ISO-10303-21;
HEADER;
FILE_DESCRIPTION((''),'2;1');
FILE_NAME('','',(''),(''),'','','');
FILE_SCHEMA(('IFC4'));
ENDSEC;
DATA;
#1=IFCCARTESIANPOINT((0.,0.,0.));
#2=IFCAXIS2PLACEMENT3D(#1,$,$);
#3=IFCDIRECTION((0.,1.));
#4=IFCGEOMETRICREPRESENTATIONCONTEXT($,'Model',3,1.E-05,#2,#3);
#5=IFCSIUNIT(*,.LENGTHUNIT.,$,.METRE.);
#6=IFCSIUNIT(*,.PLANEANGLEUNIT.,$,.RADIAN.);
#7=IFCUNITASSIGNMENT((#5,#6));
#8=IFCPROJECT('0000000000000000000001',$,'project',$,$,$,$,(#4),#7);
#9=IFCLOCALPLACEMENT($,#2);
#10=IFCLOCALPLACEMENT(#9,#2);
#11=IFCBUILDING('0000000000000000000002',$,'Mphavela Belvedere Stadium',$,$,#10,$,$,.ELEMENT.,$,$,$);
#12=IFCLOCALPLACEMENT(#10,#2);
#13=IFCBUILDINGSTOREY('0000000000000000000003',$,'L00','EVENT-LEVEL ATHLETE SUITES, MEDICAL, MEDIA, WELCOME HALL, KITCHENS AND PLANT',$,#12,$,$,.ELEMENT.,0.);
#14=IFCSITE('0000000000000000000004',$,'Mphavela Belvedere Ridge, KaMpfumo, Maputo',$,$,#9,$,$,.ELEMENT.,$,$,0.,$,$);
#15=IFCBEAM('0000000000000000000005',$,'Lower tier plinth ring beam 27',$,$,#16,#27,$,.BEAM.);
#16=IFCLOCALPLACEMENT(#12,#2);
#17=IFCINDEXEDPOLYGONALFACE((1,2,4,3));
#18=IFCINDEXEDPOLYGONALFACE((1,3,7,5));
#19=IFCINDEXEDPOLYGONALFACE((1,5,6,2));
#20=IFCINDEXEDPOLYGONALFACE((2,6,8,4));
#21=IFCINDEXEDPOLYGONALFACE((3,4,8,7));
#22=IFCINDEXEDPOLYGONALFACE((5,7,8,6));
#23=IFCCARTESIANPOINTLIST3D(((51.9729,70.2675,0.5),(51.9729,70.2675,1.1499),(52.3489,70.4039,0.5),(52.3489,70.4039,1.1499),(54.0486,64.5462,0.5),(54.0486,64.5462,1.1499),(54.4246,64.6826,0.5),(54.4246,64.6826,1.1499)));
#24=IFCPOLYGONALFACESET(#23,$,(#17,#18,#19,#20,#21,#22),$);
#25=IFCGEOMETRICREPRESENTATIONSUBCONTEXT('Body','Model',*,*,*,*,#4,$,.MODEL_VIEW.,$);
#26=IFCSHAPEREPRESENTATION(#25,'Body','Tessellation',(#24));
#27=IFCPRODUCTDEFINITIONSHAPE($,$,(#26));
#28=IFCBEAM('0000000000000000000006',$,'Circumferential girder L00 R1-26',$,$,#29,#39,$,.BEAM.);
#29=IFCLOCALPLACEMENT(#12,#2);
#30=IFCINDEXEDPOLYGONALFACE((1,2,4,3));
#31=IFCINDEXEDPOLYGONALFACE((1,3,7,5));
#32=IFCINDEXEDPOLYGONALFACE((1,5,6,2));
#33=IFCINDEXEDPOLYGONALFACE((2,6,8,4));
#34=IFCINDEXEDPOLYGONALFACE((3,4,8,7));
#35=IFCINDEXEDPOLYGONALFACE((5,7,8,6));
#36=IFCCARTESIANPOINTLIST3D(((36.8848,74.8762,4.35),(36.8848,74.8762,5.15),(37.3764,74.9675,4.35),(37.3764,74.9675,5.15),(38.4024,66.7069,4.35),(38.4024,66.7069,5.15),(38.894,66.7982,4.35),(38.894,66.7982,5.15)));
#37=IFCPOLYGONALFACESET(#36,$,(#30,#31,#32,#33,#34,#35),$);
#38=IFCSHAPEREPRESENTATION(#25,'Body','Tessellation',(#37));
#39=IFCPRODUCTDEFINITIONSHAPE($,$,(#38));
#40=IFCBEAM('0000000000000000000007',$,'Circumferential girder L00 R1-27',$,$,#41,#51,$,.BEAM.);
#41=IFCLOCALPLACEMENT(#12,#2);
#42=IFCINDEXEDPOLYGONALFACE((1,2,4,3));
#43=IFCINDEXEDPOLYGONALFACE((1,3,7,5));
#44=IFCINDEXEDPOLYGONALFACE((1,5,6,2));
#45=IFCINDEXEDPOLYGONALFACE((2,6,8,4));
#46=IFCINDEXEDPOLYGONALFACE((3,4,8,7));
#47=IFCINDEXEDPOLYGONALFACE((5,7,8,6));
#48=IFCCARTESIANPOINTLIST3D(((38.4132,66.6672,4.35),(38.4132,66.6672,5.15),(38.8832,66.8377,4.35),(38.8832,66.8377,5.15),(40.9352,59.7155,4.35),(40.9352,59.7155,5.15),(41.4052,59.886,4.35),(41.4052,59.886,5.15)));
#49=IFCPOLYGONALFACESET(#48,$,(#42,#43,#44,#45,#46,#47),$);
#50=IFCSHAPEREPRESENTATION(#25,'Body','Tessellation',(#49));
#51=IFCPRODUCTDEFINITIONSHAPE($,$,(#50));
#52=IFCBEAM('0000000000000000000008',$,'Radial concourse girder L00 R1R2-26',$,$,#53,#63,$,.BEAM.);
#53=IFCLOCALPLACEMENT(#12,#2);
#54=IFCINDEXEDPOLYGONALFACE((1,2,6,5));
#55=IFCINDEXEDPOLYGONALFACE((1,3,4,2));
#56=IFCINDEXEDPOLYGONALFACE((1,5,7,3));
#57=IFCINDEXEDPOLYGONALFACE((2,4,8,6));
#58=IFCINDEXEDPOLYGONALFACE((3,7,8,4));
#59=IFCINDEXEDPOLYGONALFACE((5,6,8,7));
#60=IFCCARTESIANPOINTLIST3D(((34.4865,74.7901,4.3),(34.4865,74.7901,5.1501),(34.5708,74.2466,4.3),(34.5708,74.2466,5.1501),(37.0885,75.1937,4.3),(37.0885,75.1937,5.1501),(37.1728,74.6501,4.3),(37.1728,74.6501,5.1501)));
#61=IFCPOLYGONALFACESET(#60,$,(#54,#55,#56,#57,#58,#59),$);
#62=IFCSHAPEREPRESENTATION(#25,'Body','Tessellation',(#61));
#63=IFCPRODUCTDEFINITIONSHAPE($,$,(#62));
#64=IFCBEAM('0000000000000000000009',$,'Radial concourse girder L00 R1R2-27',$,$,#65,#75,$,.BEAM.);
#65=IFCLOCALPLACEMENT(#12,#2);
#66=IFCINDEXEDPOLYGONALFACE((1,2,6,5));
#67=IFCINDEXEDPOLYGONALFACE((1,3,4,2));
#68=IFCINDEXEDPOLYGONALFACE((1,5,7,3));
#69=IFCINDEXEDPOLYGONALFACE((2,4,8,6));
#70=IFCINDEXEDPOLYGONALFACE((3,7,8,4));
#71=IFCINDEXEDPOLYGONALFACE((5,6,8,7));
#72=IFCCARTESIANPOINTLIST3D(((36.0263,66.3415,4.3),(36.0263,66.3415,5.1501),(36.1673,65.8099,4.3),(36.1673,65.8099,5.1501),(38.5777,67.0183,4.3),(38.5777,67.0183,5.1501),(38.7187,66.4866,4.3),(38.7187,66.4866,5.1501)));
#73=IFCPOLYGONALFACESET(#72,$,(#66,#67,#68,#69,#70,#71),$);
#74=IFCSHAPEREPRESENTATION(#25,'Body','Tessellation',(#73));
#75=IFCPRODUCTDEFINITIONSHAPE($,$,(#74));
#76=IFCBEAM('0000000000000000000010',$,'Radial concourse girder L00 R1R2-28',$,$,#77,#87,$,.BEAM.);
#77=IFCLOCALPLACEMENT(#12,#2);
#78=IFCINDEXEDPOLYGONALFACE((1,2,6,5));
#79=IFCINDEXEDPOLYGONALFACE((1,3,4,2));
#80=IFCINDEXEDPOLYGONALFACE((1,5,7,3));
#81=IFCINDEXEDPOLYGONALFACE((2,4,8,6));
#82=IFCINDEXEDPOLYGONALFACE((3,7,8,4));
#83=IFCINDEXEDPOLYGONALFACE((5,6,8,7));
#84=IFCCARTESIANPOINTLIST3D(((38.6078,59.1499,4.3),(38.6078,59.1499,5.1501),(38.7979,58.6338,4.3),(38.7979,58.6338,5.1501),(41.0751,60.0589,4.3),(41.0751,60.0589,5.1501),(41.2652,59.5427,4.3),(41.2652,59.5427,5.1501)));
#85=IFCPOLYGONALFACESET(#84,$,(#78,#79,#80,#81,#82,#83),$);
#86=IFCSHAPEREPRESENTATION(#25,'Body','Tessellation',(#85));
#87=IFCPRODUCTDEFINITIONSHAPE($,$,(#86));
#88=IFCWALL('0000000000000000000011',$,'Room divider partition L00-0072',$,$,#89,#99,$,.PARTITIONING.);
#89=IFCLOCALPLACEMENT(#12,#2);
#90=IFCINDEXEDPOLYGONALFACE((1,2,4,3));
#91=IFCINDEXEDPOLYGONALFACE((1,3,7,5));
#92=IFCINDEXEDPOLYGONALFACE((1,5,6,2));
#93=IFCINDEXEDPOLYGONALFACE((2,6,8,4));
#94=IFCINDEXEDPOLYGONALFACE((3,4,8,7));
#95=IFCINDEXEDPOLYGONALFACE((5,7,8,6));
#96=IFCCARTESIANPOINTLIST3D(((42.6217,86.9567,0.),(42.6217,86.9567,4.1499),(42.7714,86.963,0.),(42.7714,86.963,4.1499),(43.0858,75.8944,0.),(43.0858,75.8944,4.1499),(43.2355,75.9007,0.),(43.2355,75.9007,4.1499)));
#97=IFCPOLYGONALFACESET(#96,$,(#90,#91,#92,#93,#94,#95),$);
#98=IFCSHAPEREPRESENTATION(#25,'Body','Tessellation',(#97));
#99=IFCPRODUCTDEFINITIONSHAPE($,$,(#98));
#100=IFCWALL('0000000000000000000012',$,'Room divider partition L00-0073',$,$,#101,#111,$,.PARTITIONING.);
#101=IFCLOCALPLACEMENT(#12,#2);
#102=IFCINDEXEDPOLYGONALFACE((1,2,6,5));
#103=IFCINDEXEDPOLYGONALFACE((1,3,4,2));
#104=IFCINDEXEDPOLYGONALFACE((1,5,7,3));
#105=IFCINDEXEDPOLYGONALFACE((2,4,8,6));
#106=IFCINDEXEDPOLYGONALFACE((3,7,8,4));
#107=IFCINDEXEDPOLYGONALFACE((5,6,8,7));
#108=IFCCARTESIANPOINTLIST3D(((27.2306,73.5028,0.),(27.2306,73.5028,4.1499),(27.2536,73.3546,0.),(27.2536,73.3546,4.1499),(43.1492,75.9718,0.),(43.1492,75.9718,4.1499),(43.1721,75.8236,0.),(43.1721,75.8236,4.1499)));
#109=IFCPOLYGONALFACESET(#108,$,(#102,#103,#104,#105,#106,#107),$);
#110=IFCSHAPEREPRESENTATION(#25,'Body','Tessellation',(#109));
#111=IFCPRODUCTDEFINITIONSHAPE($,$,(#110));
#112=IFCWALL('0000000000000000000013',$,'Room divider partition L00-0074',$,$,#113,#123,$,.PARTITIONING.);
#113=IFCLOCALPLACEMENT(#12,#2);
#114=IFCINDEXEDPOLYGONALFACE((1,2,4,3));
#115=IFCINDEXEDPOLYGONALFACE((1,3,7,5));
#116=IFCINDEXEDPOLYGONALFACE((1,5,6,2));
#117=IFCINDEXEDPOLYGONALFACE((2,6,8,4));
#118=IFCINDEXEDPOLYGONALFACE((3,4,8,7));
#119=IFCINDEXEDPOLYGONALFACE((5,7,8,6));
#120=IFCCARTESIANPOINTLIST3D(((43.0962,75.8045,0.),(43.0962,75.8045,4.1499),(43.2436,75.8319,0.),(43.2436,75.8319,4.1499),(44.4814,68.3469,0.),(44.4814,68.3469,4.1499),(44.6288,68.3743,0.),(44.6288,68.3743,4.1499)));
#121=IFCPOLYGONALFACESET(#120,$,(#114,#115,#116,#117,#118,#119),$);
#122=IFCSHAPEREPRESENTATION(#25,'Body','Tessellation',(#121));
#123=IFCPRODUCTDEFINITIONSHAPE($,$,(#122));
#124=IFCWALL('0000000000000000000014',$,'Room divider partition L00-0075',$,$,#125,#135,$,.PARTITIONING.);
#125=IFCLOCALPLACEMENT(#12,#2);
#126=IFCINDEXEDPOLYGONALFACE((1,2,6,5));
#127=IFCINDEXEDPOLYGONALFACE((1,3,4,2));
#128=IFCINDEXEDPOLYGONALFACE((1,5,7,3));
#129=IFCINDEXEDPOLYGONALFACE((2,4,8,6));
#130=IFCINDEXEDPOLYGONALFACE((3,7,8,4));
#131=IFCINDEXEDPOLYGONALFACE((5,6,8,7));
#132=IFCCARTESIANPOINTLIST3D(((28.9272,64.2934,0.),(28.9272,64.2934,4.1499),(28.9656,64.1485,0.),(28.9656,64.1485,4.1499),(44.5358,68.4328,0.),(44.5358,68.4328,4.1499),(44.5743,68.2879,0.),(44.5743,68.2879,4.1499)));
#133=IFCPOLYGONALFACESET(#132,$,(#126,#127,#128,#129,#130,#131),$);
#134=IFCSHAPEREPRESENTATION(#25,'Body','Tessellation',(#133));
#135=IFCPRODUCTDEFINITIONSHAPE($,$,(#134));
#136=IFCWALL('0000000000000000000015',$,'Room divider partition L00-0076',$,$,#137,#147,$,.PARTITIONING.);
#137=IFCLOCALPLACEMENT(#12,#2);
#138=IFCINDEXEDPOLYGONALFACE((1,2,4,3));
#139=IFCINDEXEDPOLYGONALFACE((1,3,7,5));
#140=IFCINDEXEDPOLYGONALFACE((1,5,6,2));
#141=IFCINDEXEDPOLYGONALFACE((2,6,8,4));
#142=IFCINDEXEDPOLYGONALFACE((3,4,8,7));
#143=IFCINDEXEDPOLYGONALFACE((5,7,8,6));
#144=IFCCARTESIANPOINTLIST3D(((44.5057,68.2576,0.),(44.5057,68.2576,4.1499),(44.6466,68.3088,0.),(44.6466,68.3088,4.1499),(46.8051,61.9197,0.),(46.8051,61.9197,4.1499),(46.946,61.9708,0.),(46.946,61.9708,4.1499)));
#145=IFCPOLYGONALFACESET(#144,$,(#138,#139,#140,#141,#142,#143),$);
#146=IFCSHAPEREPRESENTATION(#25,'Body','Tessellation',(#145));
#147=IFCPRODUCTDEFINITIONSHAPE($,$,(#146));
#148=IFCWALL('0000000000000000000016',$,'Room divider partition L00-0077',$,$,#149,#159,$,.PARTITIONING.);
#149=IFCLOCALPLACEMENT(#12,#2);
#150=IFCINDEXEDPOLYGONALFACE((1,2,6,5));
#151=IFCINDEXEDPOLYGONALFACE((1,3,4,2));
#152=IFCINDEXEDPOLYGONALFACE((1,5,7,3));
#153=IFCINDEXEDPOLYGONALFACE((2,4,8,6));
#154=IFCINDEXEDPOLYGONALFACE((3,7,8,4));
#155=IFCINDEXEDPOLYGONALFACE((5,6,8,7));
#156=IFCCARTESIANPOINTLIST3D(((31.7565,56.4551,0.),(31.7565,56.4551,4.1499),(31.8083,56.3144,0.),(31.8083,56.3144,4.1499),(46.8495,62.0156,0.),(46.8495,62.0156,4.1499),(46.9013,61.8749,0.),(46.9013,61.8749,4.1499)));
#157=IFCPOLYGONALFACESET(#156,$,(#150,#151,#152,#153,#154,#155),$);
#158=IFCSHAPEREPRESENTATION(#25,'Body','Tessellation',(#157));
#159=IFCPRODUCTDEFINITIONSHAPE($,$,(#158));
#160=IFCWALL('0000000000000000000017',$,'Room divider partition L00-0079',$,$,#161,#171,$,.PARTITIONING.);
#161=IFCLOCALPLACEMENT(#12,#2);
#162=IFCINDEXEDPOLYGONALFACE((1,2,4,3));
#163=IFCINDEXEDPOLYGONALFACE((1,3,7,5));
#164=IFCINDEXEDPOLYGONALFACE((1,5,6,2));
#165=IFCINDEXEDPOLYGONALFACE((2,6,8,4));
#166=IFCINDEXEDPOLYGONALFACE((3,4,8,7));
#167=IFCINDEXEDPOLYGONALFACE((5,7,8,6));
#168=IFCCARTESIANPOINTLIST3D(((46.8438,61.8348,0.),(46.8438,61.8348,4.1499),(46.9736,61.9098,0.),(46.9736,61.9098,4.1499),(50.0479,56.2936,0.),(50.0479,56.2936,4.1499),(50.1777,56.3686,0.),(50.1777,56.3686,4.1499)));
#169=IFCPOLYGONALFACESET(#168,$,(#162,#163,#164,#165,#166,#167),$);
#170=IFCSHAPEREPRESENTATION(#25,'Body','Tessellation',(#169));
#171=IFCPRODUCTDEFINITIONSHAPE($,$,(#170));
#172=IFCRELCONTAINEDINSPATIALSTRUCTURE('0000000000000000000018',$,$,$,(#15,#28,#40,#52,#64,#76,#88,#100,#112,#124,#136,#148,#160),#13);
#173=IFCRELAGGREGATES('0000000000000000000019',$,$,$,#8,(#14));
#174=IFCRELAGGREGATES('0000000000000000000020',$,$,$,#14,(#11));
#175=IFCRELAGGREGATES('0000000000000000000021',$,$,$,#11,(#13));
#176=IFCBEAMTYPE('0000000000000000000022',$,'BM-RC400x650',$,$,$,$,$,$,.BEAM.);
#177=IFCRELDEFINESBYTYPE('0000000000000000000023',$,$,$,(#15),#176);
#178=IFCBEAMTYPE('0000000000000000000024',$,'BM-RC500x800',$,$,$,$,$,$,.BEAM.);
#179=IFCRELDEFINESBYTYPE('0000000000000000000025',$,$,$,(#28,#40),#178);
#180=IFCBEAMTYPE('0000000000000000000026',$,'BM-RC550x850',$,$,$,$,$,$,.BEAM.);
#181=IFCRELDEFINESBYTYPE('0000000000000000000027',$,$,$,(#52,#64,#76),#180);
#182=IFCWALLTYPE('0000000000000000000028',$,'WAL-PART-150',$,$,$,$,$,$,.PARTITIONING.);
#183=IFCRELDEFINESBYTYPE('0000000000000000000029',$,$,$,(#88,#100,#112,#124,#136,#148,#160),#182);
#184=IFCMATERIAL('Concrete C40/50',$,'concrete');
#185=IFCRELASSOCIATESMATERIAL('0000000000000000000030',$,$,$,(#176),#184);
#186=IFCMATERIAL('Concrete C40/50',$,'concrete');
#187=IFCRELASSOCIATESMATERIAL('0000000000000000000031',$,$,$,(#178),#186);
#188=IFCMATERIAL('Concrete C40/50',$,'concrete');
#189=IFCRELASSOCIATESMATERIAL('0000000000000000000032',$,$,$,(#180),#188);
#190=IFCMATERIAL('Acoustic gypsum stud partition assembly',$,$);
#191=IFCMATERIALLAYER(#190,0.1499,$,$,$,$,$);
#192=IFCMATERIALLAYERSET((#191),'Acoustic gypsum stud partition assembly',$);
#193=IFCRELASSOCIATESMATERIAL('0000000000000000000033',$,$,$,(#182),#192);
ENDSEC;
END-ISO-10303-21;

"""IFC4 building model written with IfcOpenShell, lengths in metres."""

from ifc_helpers import new_model, si_unit, direction, frame, frame_2d, origin, origin_2d, place, context, subcontext, project, spatial, rectangle, extrude, material, layer, layer_set, material_profile, profile_set, type_object, element, save


model = new_model("IFC4")

# Units and contexts
model_context = context("Model", 3, precision=1e-05, world=origin(), true_north=direction((0.0, 1.0)))
body_context = subcontext(model_context, "Body", "Model", "MODEL_VIEW")
ifc_project = project(units=[si_unit("LENGTHUNIT", "METRE"), si_unit("PLANEANGLEUNIT", "RADIAN")], contexts=[model_context])

# Site, building, storey
site_placement = place(None, origin())
site = spatial("IfcSite", under=ifc_project, at=site_placement, Name="Mphavela Belvedere Ridge, KaMpfumo, Maputo", CompositionType="ELEMENT", RefElevation=0.0)
building_placement = place(site_placement, origin())
building = spatial("IfcBuilding", under=site, at=building_placement, Name="Mphavela Belvedere Stadium", CompositionType="ELEMENT")
storey_placement = place(building_placement, origin())
storey = spatial("IfcBuildingStorey", under=building, at=storey_placement, Name="L00", Description="EVENT-LEVEL ATHLETE SUITES, MEDICAL, MEDIA, WELCOME HALL, KITCHENS AND PLANT", CompositionType="ELEMENT", Elevation=0.0)

# Beams
ifc_material_1 = material(Name="Concrete C40/50", Category="concrete")
ifc_material_profile_1 = material_profile(ifc_material_1, rectangle(XDim=0.3999, YDim=0.6499, at=origin_2d()), Name="RC 400x650")
ifc_profile_set_1 = profile_set([ifc_material_profile_1], Name="Concrete C40/50")
beam_type_1 = type_object("IfcBeamType", Name="BM-RC400x650", PredefinedType="BEAM", material=ifc_profile_set_1)
beam_1_placement = place(storey_placement, frame((52.1609, 70.3357, 0.825), z_axis=(0.341054, -0.940044, 0.0), x_axis=(0.940044, 0.341054, 0.0)))
element("IfcBeam", 1, at=beam_1_placement, inside=storey, type_object=beam_type_1, Name="Lower tier plinth ring beam 27", PredefinedType="BEAM", context=body_context, shape_type="SweptSolid", body=[
    extrude(rectangle(XDim=0.3999, YDim=0.6499, at=origin_2d()), origin(), (0.0, 0.0, 1.0), 6.0862),
])
ifc_material_2 = material(Name="Concrete C40/50", Category="concrete")
ifc_material_profile_2 = material_profile(ifc_material_2, rectangle(XDim=0.5, YDim=0.8, at=origin_2d()), Name="RC 500x800")
ifc_profile_set_2 = profile_set([ifc_material_profile_2], Name="Concrete C40/50")
beam_type_2 = type_object("IfcBeamType", Name="BM-RC500x800", PredefinedType="BEAM", material=ifc_profile_set_2)
beam_2_placement = place(storey_placement, frame((37.1306, 74.9219, 4.75), z_axis=(0.182638, -0.98318, 0.0), x_axis=(0.98318, 0.182638, 0.0)))
element("IfcBeam", 2, at=beam_2_placement, inside=storey, type_object=beam_type_2, Name="Circumferential girder L00 R1-26", PredefinedType="BEAM", context=body_context, shape_type="SweptSolid", body=[
    extrude(rectangle(XDim=0.5, YDim=0.8, at=origin_2d()), origin(), (0.0, 0.0, 1.0), 8.3091),
])
beam_3_placement = place(storey_placement, frame((38.6482, 66.7524, 4.75), z_axis=(0.341038, -0.94005, 0.0), x_axis=(0.94005, 0.341038, 0.0)))
element("IfcBeam", 3, at=beam_3_placement, inside=storey, type_object=beam_type_2, Name="Circumferential girder L00 R1-27", PredefinedType="BEAM", context=body_context, shape_type="SweptSolid", body=[
    extrude(rectangle(XDim=0.5, YDim=0.8, at=origin_2d()), origin(), (0.0, 0.0, 1.0), 7.395),
])
ifc_material_3 = material(Name="Concrete C40/50", Category="concrete")
ifc_material_profile_3 = material_profile(ifc_material_3, rectangle(XDim=0.55, YDim=0.8501, at=origin_2d()), Name="RC 550x850")
ifc_profile_set_3 = profile_set([ifc_material_profile_3], Name="Concrete C40/50")
beam_type_3 = type_object("IfcBeamType", Name="BM-RC550x850", PredefinedType="BEAM", material=ifc_profile_set_3)
beam_4_placement = place(storey_placement, frame((37.1306, 74.9219, 4.7251), z_axis=(-0.988186, -0.153262, 0.0), x_axis=(0.153262, -0.988186, 0.0)))
element("IfcBeam", 4, at=beam_4_placement, inside=storey, type_object=beam_type_3, Name="Radial concourse girder L00 R1R2-26", PredefinedType="BEAM", context=body_context, shape_type="SweptSolid", body=[
    extrude(rectangle(XDim=0.55, YDim=0.8501, at=origin_2d()), origin(), (0.0, 0.0, 1.0), 2.6331),
])
beam_5_placement = place(storey_placement, frame((38.6482, 66.7524, 4.7251), z_axis=(-0.966578, -0.256373, 0.0), x_axis=(0.256373, -0.966578, 0.0)))
element("IfcBeam", 5, at=beam_5_placement, inside=storey, type_object=beam_type_3, Name="Radial concourse girder L00 R1R2-27", PredefinedType="BEAM", context=body_context, shape_type="SweptSolid", body=[
    extrude(rectangle(XDim=0.55, YDim=0.8501, at=origin_2d()), origin(), (0.0, 0.0, 1.0), 2.6396),
])
beam_6_placement = place(storey_placement, frame((41.1702, 59.8008, 4.7251), z_axis=(-0.938351, -0.345684, 0.0), x_axis=(0.345684, -0.938351, 0.0)))
element("IfcBeam", 6, at=beam_6_placement, inside=storey, type_object=beam_type_3, Name="Radial concourse girder L00 R1R2-28", PredefinedType="BEAM", context=body_context, shape_type="SweptSolid", body=[
    extrude(rectangle(XDim=0.55, YDim=0.8501, at=origin_2d()), origin(), (0.0, 0.0, 1.0), 2.6294),
])

# Walls
ifc_material_4 = material(Name="Acoustic gypsum stud partition assembly")
ifc_layer = layer(ifc_material_4, 0.1499)
ifc_layer_set = layer_set([ifc_layer], Name="Acoustic gypsum stud partition assembly")
wall_type = type_object("IfcWallType", Name="WAL-PART-150", PredefinedType="PARTITIONING", material=ifc_layer_set)
wall_1_placement = place(storey_placement, frame((42.6965, 86.96, 0.0), z_axis=(0.0, 0.0, 1.0), x_axis=(0.041918, -0.999121, 0.0)))
element("IfcWall", 7, at=wall_1_placement, inside=storey, type_object=wall_type, Name="Room divider partition L00-0072", PredefinedType="PARTITIONING", context=body_context, shape_type="SweptSolid", body=[
    extrude(rectangle(XDim=11.072, YDim=0.1499, at=frame_2d((5.5361, 0.0))), origin(), (0.0, 0.0, 1.0), 4.1499),
])
wall_2_placement = place(storey_placement, frame((43.1606, 75.8977, 0.0), z_axis=(0.0, 0.0, 1.0), x_axis=(-0.988184, -0.15327, 0.0)))
element("IfcWall", 8, at=wall_2_placement, inside=storey, type_object=wall_type, Name="Room divider partition L00-0073", PredefinedType="PARTITIONING", context=body_context, shape_type="SweptSolid", body=[
    extrude(rectangle(XDim=16.1089, YDim=0.1499, at=frame_2d((8.0544, 0.0))), origin(), (0.0, 0.0, 1.0), 4.1499),
])
wall_3_placement = place(storey_placement, frame((43.1699, 75.8181, 0.0), z_axis=(0.0, 0.0, 1.0), x_axis=(0.182623, -0.983183, 0.0)))
element("IfcWall", 9, at=wall_3_placement, inside=storey, type_object=wall_type, Name="Room divider partition L00-0074", PredefinedType="PARTITIONING", context=body_context, shape_type="SweptSolid", body=[
    extrude(rectangle(XDim=7.5852, YDim=0.1499, at=frame_2d((3.7925, 0.0))), origin(), (0.0, 0.0, 1.0), 4.1499),
])
wall_4_placement = place(storey_placement, frame((44.5552, 68.3604, 0.0), z_axis=(0.0, 0.0, 1.0), x_axis=(-0.966587, -0.256338, 0.0)))
element("IfcWall", 10, at=wall_4_placement, inside=storey, type_object=wall_type, Name="Room divider partition L00-0075", PredefinedType="PARTITIONING", context=body_context, shape_type="SweptSolid", body=[
    extrude(rectangle(XDim=16.1482, YDim=0.1499, at=frame_2d((8.0742, 0.0))), origin(), (0.0, 0.0, 1.0), 4.1499),
])
wall_5_placement = place(storey_placement, frame((44.5762, 68.2832, 0.0), z_axis=(0.0, 0.0, 1.0), x_axis=(0.341039, -0.940049, 0.0)))
element("IfcWall", 11, at=wall_5_placement, inside=storey, type_object=wall_type, Name="Room divider partition L00-0076", PredefinedType="PARTITIONING", context=body_context, shape_type="SweptSolid", body=[
    extrude(rectangle(XDim=6.7422, YDim=0.1499, at=frame_2d((3.3711, 0.0))), origin(), (0.0, 0.0, 1.0), 4.1499),
])
wall_6_placement = place(storey_placement, frame((46.8755, 61.9453, 0.0), z_axis=(0.0, 0.0, 1.0), x_axis=(-0.938344, -0.345703, 0.0)))
element("IfcWall", 12, at=wall_6_placement, inside=storey, type_object=wall_type, Name="Room divider partition L00-0077", PredefinedType="PARTITIONING", context=body_context, shape_type="SweptSolid", body=[
    extrude(rectangle(XDim=16.0847, YDim=0.1499, at=frame_2d((8.0425, 0.0))), origin(), (0.0, 0.0, 1.0), 4.1499),
])
wall_7_placement = place(storey_placement, frame((46.9087, 61.8723, 0.0), z_axis=(0.0, 0.0, 1.0), x_axis=(0.500569, -0.865697, 0.0)))
element("IfcWall", 13, at=wall_7_placement, inside=storey, type_object=wall_type, Name="Room divider partition L00-0079", PredefinedType="PARTITIONING", context=body_context, shape_type="SweptSolid", body=[
    extrude(rectangle(XDim=6.4009, YDim=0.1499, at=frame_2d((3.2004, 0.0))), origin(), (0.0, 0.0, 1.0), 4.1499),
])

save(model, "model.ifc")
